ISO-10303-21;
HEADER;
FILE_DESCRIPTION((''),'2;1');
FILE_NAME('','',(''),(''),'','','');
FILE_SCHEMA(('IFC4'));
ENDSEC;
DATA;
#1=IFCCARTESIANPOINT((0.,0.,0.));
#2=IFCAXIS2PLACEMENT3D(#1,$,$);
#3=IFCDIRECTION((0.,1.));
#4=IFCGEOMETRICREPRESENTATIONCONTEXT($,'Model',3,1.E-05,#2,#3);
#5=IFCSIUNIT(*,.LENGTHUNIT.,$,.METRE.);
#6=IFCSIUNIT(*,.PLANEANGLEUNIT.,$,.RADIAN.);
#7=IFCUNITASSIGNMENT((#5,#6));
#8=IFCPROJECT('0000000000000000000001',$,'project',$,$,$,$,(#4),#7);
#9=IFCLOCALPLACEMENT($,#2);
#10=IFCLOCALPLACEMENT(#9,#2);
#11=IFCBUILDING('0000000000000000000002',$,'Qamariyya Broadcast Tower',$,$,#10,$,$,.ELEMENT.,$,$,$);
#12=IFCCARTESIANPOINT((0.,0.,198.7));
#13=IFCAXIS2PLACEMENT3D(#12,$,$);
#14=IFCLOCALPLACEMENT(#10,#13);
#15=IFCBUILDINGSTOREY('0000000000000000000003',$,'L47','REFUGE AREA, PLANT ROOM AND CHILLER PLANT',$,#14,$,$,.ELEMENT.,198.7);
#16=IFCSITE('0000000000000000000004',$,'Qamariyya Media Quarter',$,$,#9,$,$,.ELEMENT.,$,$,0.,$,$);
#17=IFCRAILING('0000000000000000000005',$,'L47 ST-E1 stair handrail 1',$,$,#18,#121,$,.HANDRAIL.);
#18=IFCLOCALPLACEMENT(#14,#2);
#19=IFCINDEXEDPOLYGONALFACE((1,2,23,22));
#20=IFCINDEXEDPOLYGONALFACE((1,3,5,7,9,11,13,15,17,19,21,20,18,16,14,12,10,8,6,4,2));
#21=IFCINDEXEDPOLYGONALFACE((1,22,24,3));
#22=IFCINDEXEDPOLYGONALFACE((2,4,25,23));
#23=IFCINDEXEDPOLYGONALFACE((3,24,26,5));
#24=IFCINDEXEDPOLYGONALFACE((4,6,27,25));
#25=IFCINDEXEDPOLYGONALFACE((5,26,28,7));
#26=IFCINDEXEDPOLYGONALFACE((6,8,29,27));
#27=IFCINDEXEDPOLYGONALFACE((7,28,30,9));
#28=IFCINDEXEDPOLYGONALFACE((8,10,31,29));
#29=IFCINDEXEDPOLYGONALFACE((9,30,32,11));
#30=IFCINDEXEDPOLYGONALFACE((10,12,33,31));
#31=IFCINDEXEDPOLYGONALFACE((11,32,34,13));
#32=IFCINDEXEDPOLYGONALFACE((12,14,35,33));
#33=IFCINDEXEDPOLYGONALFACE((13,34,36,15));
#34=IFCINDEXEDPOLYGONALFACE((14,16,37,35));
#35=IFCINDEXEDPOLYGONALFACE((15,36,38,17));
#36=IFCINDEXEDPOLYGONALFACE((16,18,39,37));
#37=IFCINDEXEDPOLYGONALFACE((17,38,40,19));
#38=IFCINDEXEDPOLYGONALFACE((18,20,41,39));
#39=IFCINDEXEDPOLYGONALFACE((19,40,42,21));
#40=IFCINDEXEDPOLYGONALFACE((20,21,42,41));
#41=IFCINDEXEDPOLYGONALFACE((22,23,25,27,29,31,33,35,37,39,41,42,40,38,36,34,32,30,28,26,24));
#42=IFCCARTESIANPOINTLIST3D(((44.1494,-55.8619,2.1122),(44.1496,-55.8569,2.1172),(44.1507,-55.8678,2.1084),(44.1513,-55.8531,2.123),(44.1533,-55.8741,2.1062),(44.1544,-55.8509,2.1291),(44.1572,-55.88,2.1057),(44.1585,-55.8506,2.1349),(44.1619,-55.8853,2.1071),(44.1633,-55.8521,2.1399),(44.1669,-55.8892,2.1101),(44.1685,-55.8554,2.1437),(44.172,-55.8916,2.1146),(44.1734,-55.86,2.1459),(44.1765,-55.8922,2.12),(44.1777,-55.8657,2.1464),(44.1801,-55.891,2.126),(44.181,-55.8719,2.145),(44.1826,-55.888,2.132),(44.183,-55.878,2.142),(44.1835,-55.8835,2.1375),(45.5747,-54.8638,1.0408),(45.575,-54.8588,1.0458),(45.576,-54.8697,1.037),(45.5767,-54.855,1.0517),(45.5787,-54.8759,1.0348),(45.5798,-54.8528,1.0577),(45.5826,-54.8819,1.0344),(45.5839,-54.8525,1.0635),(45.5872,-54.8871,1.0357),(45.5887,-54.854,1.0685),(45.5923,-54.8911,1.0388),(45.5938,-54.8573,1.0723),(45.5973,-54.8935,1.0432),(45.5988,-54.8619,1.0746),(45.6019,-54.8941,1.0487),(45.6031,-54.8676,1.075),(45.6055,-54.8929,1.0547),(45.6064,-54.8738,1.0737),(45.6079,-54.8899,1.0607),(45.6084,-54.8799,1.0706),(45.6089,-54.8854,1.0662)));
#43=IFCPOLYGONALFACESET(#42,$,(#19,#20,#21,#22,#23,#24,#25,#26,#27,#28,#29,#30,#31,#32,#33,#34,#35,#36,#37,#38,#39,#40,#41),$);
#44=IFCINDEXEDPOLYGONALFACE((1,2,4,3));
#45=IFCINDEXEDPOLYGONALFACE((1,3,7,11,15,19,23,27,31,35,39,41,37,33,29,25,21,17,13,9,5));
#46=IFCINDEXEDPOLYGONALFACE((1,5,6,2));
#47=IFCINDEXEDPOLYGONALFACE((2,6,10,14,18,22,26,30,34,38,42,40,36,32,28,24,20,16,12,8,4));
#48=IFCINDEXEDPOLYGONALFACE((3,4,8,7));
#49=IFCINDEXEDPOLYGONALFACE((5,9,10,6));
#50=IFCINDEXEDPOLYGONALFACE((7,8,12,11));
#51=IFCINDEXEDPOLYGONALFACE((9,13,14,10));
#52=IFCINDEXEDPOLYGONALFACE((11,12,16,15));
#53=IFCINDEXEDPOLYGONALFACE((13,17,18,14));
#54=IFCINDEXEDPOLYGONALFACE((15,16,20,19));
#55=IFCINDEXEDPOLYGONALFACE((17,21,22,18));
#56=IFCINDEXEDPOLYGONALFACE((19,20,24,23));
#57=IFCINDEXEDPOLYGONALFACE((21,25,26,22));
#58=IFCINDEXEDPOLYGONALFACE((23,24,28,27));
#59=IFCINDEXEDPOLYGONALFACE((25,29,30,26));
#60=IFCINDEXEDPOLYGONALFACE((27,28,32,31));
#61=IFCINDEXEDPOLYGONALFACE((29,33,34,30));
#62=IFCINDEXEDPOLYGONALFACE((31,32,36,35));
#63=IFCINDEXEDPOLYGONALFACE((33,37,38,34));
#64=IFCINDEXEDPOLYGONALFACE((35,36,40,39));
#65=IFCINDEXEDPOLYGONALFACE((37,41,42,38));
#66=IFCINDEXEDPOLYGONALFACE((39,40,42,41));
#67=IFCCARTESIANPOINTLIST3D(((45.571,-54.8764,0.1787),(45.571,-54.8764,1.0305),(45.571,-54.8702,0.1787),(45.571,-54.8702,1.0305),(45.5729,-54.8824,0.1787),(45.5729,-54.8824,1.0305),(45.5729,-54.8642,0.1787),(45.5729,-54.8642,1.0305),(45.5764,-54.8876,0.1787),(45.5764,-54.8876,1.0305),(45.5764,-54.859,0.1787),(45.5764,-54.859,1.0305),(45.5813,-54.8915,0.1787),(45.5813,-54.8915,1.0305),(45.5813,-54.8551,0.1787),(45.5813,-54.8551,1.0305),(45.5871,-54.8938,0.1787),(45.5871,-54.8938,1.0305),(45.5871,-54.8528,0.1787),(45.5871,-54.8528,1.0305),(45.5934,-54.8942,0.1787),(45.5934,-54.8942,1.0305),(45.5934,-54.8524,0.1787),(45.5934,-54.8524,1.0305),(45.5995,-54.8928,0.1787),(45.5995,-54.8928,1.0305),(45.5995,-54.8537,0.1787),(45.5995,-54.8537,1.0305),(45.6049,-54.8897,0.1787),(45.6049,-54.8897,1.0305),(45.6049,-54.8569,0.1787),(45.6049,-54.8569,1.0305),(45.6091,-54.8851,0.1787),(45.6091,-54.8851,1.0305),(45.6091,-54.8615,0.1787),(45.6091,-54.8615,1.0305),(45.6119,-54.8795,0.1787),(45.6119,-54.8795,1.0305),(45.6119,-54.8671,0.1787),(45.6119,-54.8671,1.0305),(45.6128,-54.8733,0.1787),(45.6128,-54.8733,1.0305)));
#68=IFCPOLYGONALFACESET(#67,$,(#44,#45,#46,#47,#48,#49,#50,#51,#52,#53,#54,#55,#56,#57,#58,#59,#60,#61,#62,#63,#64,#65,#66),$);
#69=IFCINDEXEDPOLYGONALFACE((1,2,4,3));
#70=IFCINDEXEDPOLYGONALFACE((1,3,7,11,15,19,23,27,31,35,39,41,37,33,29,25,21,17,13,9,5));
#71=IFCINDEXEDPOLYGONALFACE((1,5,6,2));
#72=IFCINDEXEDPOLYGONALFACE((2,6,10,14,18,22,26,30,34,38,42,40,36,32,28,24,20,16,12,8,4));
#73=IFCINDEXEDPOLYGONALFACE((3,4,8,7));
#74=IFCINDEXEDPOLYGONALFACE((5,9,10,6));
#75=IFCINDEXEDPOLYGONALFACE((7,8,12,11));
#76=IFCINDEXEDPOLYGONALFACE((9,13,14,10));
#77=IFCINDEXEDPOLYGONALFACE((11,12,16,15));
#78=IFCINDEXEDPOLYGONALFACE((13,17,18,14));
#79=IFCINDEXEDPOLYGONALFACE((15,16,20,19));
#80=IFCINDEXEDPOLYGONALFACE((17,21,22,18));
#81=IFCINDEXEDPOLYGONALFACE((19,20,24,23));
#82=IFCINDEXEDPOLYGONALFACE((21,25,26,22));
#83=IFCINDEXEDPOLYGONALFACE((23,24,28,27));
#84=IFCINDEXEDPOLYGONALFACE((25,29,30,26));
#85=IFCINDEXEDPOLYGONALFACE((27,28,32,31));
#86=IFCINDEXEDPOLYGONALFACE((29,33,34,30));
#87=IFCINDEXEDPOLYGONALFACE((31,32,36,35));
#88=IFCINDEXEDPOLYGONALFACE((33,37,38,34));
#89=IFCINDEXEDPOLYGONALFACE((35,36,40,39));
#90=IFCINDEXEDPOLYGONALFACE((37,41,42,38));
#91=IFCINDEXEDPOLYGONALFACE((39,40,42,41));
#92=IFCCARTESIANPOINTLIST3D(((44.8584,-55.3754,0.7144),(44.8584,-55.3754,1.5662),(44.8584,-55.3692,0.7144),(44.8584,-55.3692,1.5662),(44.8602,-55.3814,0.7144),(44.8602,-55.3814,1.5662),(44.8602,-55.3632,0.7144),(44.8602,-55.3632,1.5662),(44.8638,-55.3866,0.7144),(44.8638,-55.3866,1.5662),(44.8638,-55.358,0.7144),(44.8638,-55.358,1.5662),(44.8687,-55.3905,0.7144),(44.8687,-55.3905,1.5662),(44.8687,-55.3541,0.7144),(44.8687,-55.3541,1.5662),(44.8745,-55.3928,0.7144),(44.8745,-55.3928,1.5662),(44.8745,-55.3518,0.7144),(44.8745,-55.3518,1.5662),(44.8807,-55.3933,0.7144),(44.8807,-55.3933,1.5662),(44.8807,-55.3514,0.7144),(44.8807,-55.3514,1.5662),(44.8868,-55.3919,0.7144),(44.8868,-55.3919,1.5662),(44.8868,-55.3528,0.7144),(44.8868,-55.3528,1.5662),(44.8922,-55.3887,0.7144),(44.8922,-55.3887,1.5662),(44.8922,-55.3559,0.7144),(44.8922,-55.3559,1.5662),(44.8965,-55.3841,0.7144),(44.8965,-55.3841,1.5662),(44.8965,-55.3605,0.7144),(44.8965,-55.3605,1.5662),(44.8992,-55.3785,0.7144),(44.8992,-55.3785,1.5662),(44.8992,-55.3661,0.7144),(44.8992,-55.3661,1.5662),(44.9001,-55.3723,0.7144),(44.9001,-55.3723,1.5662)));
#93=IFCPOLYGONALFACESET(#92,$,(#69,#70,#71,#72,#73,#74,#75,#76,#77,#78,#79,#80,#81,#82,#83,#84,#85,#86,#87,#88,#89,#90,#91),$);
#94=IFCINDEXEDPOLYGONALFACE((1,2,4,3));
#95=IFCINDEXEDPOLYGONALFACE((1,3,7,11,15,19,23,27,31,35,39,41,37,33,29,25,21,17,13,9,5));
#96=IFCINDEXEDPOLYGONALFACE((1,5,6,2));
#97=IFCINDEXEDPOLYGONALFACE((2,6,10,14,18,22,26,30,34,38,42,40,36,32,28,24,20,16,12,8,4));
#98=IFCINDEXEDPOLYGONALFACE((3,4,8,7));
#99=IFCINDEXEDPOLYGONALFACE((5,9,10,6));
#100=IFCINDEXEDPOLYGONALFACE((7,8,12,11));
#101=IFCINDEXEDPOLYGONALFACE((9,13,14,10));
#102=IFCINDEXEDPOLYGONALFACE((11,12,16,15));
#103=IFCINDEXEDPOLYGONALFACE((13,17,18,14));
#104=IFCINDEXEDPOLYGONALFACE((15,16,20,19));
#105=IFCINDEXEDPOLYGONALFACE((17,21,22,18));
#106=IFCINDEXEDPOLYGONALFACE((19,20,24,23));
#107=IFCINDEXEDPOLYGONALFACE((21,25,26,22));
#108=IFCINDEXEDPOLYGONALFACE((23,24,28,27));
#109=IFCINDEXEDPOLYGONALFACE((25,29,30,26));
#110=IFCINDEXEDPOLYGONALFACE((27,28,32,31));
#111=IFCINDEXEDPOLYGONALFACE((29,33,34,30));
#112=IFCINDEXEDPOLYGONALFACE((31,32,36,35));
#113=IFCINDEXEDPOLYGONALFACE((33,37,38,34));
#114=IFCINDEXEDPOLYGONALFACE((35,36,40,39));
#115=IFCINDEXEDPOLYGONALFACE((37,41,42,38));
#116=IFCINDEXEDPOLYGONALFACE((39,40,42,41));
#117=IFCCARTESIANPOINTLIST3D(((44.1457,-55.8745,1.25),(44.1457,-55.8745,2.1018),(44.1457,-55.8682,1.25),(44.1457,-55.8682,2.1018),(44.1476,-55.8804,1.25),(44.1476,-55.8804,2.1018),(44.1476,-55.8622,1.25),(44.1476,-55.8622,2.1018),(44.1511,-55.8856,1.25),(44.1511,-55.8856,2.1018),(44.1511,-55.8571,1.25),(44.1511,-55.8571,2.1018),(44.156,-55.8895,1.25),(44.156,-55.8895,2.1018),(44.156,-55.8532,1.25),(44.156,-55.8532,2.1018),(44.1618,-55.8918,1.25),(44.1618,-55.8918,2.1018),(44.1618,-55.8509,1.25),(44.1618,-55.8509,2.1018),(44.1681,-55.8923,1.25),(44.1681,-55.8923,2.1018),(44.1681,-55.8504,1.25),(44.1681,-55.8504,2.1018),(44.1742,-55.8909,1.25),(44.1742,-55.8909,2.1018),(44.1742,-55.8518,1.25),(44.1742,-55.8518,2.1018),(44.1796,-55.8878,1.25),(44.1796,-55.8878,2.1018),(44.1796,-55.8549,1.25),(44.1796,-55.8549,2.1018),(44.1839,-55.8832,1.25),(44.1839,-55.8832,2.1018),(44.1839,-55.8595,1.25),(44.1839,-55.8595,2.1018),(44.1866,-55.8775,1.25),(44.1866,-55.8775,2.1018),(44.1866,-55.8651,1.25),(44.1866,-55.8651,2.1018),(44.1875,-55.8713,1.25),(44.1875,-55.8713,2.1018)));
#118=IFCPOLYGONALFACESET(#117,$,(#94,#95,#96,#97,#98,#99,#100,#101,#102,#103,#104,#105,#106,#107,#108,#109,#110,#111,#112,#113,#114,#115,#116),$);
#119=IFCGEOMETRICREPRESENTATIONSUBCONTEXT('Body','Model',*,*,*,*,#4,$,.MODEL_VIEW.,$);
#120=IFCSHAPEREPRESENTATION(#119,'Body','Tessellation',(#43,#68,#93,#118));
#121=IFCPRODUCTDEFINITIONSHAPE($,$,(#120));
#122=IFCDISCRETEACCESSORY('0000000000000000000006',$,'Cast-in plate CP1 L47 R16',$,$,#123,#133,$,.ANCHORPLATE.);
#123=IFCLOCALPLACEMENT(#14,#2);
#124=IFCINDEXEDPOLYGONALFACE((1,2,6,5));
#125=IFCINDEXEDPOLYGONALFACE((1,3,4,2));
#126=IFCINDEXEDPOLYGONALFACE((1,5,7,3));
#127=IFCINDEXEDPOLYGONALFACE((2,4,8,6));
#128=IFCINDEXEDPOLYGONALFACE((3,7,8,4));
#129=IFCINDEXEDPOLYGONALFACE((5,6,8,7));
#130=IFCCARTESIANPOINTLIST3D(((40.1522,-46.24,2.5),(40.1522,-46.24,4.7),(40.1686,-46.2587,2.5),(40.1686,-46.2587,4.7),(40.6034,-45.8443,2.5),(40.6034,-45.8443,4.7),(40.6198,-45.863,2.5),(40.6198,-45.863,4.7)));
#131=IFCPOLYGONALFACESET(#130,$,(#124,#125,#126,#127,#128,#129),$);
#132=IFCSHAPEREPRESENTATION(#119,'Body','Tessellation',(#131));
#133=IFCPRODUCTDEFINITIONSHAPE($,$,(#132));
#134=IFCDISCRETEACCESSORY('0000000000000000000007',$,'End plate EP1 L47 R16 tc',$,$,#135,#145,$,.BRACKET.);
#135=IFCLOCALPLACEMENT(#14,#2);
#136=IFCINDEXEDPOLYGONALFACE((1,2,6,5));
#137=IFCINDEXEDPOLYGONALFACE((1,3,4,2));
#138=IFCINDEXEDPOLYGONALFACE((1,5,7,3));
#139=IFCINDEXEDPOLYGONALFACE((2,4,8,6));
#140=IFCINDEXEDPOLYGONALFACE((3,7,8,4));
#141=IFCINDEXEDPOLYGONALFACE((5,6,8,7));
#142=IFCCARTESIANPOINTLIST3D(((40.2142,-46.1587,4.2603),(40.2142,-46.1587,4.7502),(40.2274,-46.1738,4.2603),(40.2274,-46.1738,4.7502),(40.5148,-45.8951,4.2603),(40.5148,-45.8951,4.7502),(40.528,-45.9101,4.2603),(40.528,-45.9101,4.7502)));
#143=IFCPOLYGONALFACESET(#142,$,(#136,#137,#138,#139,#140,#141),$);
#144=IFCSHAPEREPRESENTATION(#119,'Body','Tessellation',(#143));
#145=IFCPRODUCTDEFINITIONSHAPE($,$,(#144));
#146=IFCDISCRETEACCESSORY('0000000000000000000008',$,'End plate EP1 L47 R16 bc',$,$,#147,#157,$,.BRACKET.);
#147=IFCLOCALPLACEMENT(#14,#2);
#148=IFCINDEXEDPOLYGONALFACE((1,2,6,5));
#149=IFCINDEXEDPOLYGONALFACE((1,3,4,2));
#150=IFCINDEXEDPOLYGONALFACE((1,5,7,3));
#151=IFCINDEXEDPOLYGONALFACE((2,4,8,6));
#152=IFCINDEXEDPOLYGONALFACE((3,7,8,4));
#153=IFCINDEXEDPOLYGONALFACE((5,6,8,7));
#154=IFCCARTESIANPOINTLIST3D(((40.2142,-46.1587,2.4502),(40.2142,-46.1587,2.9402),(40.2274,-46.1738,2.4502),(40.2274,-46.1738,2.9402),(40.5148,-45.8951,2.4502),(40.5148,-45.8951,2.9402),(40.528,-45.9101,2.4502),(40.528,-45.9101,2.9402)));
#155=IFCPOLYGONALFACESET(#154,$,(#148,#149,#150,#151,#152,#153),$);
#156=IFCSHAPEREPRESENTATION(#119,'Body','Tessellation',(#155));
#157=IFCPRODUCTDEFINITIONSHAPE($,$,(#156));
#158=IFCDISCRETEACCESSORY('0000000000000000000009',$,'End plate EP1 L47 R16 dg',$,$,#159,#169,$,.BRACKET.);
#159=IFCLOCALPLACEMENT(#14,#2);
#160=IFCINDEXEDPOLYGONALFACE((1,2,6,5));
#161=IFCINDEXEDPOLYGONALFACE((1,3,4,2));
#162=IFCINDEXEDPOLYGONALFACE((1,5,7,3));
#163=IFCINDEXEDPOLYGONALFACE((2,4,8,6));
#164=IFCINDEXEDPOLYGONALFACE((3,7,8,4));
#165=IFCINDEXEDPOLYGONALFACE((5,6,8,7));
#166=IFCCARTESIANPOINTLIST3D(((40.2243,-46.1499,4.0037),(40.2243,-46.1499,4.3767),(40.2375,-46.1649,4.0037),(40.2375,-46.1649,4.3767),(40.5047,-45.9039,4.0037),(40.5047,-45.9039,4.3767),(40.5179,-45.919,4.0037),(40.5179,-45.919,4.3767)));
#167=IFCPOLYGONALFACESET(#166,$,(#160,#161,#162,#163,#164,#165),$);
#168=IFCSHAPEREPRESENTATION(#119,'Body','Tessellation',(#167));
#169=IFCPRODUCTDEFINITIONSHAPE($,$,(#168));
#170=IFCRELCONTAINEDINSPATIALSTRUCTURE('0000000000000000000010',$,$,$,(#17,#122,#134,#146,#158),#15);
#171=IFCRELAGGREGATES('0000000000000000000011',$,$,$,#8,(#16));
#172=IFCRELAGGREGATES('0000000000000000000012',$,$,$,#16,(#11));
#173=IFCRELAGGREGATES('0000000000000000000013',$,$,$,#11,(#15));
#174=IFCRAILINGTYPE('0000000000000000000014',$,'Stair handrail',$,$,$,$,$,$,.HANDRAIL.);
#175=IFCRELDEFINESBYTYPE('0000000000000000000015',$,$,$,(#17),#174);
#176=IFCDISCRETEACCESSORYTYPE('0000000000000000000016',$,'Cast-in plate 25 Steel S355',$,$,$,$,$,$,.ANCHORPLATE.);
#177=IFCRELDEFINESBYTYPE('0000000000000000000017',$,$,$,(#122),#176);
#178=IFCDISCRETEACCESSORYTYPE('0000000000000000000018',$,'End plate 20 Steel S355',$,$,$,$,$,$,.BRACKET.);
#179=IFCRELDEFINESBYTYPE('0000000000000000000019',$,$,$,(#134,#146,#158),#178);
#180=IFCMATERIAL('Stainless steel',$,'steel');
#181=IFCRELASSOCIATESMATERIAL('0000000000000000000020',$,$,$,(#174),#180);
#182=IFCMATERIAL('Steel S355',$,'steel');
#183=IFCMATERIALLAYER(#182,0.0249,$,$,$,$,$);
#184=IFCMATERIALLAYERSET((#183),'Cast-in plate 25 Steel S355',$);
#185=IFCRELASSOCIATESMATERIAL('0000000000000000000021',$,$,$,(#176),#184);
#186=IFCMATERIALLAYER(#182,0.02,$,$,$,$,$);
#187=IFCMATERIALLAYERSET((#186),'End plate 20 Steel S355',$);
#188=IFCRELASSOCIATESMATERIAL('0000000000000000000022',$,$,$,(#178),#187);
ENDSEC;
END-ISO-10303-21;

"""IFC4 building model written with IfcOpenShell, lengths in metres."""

from ifc_helpers import new_model, si_unit, direction, frame, origin, origin_2d, place, context, subcontext, project, spatial, rectangle, circle, extrude, material, layer, layer_set, type_object, element, save


model = new_model("IFC4")

# Units and contexts
model_context = context("Model", 3, precision=1e-05, world=origin(), true_north=direction((0.0, 1.0)))
body_context = subcontext(model_context, "Body", "Model", "MODEL_VIEW")
ifc_project = project(units=[si_unit("LENGTHUNIT", "METRE"), si_unit("PLANEANGLEUNIT", "RADIAN")], contexts=[model_context])

# Site, building, storey
site_placement = place(None, origin())
site = spatial("IfcSite", under=ifc_project, at=site_placement, Name="Qamariyya Media Quarter", CompositionType="ELEMENT", RefElevation=0.0)
building_placement = place(site_placement, origin())
building = spatial("IfcBuilding", under=site, at=building_placement, Name="Qamariyya Broadcast Tower", CompositionType="ELEMENT")
storey_placement = place(building_placement, frame((0.0, 0.0, 198.7)))
storey = spatial("IfcBuildingStorey", under=building, at=storey_placement, Name="L47", Description="REFUGE AREA, PLANT ROOM AND CHILLER PLANT", CompositionType="ELEMENT", Elevation=198.7)

# Shared definitions
ifc_material_1 = material(Name="Steel S355", Category="steel")

# Railing
ifc_material_2 = material(Name="Stainless steel", Category="steel")
railing_type_1 = type_object("IfcRailingType", Name="Stair handrail", PredefinedType="HANDRAIL", material=ifc_material_2)
railing_1_placement = place(storey_placement, frame((45.5918, -54.8733, 0.1787)))
element("IfcRailing", 1, at=railing_1_placement, inside=storey, type_object=railing_type_1, Name="L47 ST-E1 stair handrail 1", PredefinedType="HANDRAIL", context=body_context, shape_type="SweptSolid", body=[
    extrude(circle(Radius=0.0239, at=origin_2d()), frame((0.0, 0.0, 0.876), z_axis=(-0.697533, -0.48844, 0.524285), x_axis=(0.573594, -0.81914, 0.0)), (0.0, 0.0, 1.0), 2.0435),
    extrude(circle(Radius=0.021, at=origin_2d()), origin(), (0.0, 0.0, 1.0), 0.8518),
    extrude(circle(Radius=0.021, at=origin_2d()), frame((-0.7126, -0.499, 0.5356)), (0.0, 0.0, 1.0), 0.8518),
    extrude(circle(Radius=0.021, at=origin_2d()), frame((-1.4253, -0.998, 1.0713)), (0.0, 0.0, 1.0), 0.8518),
])

# Discrete accessories
ifc_layer_1 = layer(ifc_material_1, 0.0249)
ifc_layer_set_1 = layer_set([ifc_layer_1], Name="Cast-in plate 25 Steel S355")
discrete_accessory_type_1 = type_object("IfcDiscreteAccessoryType", Name="Cast-in plate 25 Steel S355", PredefinedType="ANCHORPLATE", material=ifc_layer_set_1)
discrete_accessory_1_placement = place(storey_placement, frame((40.386, -46.0515, 2.5), z_axis=(0.0, 0.0, 1.0), x_axis=(-0.75184, -0.659346, 0.0)))
element("IfcDiscreteAccessory", 2, at=discrete_accessory_1_placement, inside=storey, type_object=discrete_accessory_type_1, Name="Cast-in plate CP1 L47 R16", PredefinedType="ANCHORPLATE", context=body_context, shape_type="SweptSolid", body=[
    extrude(rectangle(XDim=0.6001, YDim=0.0249, at=origin_2d()), origin(), (0.0, 0.0, 1.0), 2.2),
])
ifc_layer_2 = layer(ifc_material_1, 0.02)
ifc_layer_set_2 = layer_set([ifc_layer_2], Name="End plate 20 Steel S355")
discrete_accessory_type_2 = type_object("IfcDiscreteAccessoryType", Name="End plate 20 Steel S355", PredefinedType="BRACKET", material=ifc_layer_set_2)
for number, where, z_axis, x_axis, name in (
    (3, (40.3711, -46.0344, 4.2603), (0.0, 0.0, 1.0), (-0.75184, -0.659346, 0.0), "End plate EP1 L47 R16 tc"),
    (4, (40.3711, -46.0344, 2.4502), (0.0, 0.0, 1.0), (-0.75184, -0.659346, 0.0), "End plate EP1 L47 R16 bc"),
):
    element("IfcDiscreteAccessory", number, at=place(storey_placement, frame(where, z_axis=z_axis, x_axis=x_axis)), inside=storey, type_object=discrete_accessory_type_2, Name=name, PredefinedType="BRACKET", context=body_context, shape_type="SweptSolid", body=[
        extrude(rectangle(XDim=0.3999, YDim=0.02, at=origin_2d()), origin(), (0.0, 0.0, 1.0), 0.49),
    ])
discrete_accessory_2_placement = place(storey_placement, frame((40.3711, -46.0344, 4.0037), z_axis=(0.0, 0.0, 1.0), x_axis=(-0.75184, -0.659346, 0.0)))
element("IfcDiscreteAccessory", 5, at=discrete_accessory_2_placement, inside=storey, type_object=discrete_accessory_type_2, Name="End plate EP1 L47 R16 dg", PredefinedType="BRACKET", context=body_context, shape_type="SweptSolid", body=[
    extrude(rectangle(XDim=0.373, YDim=0.02, at=origin_2d()), origin(), (0.0, 0.0, 1.0), 0.373),
])

save(model, "model.ifc")
